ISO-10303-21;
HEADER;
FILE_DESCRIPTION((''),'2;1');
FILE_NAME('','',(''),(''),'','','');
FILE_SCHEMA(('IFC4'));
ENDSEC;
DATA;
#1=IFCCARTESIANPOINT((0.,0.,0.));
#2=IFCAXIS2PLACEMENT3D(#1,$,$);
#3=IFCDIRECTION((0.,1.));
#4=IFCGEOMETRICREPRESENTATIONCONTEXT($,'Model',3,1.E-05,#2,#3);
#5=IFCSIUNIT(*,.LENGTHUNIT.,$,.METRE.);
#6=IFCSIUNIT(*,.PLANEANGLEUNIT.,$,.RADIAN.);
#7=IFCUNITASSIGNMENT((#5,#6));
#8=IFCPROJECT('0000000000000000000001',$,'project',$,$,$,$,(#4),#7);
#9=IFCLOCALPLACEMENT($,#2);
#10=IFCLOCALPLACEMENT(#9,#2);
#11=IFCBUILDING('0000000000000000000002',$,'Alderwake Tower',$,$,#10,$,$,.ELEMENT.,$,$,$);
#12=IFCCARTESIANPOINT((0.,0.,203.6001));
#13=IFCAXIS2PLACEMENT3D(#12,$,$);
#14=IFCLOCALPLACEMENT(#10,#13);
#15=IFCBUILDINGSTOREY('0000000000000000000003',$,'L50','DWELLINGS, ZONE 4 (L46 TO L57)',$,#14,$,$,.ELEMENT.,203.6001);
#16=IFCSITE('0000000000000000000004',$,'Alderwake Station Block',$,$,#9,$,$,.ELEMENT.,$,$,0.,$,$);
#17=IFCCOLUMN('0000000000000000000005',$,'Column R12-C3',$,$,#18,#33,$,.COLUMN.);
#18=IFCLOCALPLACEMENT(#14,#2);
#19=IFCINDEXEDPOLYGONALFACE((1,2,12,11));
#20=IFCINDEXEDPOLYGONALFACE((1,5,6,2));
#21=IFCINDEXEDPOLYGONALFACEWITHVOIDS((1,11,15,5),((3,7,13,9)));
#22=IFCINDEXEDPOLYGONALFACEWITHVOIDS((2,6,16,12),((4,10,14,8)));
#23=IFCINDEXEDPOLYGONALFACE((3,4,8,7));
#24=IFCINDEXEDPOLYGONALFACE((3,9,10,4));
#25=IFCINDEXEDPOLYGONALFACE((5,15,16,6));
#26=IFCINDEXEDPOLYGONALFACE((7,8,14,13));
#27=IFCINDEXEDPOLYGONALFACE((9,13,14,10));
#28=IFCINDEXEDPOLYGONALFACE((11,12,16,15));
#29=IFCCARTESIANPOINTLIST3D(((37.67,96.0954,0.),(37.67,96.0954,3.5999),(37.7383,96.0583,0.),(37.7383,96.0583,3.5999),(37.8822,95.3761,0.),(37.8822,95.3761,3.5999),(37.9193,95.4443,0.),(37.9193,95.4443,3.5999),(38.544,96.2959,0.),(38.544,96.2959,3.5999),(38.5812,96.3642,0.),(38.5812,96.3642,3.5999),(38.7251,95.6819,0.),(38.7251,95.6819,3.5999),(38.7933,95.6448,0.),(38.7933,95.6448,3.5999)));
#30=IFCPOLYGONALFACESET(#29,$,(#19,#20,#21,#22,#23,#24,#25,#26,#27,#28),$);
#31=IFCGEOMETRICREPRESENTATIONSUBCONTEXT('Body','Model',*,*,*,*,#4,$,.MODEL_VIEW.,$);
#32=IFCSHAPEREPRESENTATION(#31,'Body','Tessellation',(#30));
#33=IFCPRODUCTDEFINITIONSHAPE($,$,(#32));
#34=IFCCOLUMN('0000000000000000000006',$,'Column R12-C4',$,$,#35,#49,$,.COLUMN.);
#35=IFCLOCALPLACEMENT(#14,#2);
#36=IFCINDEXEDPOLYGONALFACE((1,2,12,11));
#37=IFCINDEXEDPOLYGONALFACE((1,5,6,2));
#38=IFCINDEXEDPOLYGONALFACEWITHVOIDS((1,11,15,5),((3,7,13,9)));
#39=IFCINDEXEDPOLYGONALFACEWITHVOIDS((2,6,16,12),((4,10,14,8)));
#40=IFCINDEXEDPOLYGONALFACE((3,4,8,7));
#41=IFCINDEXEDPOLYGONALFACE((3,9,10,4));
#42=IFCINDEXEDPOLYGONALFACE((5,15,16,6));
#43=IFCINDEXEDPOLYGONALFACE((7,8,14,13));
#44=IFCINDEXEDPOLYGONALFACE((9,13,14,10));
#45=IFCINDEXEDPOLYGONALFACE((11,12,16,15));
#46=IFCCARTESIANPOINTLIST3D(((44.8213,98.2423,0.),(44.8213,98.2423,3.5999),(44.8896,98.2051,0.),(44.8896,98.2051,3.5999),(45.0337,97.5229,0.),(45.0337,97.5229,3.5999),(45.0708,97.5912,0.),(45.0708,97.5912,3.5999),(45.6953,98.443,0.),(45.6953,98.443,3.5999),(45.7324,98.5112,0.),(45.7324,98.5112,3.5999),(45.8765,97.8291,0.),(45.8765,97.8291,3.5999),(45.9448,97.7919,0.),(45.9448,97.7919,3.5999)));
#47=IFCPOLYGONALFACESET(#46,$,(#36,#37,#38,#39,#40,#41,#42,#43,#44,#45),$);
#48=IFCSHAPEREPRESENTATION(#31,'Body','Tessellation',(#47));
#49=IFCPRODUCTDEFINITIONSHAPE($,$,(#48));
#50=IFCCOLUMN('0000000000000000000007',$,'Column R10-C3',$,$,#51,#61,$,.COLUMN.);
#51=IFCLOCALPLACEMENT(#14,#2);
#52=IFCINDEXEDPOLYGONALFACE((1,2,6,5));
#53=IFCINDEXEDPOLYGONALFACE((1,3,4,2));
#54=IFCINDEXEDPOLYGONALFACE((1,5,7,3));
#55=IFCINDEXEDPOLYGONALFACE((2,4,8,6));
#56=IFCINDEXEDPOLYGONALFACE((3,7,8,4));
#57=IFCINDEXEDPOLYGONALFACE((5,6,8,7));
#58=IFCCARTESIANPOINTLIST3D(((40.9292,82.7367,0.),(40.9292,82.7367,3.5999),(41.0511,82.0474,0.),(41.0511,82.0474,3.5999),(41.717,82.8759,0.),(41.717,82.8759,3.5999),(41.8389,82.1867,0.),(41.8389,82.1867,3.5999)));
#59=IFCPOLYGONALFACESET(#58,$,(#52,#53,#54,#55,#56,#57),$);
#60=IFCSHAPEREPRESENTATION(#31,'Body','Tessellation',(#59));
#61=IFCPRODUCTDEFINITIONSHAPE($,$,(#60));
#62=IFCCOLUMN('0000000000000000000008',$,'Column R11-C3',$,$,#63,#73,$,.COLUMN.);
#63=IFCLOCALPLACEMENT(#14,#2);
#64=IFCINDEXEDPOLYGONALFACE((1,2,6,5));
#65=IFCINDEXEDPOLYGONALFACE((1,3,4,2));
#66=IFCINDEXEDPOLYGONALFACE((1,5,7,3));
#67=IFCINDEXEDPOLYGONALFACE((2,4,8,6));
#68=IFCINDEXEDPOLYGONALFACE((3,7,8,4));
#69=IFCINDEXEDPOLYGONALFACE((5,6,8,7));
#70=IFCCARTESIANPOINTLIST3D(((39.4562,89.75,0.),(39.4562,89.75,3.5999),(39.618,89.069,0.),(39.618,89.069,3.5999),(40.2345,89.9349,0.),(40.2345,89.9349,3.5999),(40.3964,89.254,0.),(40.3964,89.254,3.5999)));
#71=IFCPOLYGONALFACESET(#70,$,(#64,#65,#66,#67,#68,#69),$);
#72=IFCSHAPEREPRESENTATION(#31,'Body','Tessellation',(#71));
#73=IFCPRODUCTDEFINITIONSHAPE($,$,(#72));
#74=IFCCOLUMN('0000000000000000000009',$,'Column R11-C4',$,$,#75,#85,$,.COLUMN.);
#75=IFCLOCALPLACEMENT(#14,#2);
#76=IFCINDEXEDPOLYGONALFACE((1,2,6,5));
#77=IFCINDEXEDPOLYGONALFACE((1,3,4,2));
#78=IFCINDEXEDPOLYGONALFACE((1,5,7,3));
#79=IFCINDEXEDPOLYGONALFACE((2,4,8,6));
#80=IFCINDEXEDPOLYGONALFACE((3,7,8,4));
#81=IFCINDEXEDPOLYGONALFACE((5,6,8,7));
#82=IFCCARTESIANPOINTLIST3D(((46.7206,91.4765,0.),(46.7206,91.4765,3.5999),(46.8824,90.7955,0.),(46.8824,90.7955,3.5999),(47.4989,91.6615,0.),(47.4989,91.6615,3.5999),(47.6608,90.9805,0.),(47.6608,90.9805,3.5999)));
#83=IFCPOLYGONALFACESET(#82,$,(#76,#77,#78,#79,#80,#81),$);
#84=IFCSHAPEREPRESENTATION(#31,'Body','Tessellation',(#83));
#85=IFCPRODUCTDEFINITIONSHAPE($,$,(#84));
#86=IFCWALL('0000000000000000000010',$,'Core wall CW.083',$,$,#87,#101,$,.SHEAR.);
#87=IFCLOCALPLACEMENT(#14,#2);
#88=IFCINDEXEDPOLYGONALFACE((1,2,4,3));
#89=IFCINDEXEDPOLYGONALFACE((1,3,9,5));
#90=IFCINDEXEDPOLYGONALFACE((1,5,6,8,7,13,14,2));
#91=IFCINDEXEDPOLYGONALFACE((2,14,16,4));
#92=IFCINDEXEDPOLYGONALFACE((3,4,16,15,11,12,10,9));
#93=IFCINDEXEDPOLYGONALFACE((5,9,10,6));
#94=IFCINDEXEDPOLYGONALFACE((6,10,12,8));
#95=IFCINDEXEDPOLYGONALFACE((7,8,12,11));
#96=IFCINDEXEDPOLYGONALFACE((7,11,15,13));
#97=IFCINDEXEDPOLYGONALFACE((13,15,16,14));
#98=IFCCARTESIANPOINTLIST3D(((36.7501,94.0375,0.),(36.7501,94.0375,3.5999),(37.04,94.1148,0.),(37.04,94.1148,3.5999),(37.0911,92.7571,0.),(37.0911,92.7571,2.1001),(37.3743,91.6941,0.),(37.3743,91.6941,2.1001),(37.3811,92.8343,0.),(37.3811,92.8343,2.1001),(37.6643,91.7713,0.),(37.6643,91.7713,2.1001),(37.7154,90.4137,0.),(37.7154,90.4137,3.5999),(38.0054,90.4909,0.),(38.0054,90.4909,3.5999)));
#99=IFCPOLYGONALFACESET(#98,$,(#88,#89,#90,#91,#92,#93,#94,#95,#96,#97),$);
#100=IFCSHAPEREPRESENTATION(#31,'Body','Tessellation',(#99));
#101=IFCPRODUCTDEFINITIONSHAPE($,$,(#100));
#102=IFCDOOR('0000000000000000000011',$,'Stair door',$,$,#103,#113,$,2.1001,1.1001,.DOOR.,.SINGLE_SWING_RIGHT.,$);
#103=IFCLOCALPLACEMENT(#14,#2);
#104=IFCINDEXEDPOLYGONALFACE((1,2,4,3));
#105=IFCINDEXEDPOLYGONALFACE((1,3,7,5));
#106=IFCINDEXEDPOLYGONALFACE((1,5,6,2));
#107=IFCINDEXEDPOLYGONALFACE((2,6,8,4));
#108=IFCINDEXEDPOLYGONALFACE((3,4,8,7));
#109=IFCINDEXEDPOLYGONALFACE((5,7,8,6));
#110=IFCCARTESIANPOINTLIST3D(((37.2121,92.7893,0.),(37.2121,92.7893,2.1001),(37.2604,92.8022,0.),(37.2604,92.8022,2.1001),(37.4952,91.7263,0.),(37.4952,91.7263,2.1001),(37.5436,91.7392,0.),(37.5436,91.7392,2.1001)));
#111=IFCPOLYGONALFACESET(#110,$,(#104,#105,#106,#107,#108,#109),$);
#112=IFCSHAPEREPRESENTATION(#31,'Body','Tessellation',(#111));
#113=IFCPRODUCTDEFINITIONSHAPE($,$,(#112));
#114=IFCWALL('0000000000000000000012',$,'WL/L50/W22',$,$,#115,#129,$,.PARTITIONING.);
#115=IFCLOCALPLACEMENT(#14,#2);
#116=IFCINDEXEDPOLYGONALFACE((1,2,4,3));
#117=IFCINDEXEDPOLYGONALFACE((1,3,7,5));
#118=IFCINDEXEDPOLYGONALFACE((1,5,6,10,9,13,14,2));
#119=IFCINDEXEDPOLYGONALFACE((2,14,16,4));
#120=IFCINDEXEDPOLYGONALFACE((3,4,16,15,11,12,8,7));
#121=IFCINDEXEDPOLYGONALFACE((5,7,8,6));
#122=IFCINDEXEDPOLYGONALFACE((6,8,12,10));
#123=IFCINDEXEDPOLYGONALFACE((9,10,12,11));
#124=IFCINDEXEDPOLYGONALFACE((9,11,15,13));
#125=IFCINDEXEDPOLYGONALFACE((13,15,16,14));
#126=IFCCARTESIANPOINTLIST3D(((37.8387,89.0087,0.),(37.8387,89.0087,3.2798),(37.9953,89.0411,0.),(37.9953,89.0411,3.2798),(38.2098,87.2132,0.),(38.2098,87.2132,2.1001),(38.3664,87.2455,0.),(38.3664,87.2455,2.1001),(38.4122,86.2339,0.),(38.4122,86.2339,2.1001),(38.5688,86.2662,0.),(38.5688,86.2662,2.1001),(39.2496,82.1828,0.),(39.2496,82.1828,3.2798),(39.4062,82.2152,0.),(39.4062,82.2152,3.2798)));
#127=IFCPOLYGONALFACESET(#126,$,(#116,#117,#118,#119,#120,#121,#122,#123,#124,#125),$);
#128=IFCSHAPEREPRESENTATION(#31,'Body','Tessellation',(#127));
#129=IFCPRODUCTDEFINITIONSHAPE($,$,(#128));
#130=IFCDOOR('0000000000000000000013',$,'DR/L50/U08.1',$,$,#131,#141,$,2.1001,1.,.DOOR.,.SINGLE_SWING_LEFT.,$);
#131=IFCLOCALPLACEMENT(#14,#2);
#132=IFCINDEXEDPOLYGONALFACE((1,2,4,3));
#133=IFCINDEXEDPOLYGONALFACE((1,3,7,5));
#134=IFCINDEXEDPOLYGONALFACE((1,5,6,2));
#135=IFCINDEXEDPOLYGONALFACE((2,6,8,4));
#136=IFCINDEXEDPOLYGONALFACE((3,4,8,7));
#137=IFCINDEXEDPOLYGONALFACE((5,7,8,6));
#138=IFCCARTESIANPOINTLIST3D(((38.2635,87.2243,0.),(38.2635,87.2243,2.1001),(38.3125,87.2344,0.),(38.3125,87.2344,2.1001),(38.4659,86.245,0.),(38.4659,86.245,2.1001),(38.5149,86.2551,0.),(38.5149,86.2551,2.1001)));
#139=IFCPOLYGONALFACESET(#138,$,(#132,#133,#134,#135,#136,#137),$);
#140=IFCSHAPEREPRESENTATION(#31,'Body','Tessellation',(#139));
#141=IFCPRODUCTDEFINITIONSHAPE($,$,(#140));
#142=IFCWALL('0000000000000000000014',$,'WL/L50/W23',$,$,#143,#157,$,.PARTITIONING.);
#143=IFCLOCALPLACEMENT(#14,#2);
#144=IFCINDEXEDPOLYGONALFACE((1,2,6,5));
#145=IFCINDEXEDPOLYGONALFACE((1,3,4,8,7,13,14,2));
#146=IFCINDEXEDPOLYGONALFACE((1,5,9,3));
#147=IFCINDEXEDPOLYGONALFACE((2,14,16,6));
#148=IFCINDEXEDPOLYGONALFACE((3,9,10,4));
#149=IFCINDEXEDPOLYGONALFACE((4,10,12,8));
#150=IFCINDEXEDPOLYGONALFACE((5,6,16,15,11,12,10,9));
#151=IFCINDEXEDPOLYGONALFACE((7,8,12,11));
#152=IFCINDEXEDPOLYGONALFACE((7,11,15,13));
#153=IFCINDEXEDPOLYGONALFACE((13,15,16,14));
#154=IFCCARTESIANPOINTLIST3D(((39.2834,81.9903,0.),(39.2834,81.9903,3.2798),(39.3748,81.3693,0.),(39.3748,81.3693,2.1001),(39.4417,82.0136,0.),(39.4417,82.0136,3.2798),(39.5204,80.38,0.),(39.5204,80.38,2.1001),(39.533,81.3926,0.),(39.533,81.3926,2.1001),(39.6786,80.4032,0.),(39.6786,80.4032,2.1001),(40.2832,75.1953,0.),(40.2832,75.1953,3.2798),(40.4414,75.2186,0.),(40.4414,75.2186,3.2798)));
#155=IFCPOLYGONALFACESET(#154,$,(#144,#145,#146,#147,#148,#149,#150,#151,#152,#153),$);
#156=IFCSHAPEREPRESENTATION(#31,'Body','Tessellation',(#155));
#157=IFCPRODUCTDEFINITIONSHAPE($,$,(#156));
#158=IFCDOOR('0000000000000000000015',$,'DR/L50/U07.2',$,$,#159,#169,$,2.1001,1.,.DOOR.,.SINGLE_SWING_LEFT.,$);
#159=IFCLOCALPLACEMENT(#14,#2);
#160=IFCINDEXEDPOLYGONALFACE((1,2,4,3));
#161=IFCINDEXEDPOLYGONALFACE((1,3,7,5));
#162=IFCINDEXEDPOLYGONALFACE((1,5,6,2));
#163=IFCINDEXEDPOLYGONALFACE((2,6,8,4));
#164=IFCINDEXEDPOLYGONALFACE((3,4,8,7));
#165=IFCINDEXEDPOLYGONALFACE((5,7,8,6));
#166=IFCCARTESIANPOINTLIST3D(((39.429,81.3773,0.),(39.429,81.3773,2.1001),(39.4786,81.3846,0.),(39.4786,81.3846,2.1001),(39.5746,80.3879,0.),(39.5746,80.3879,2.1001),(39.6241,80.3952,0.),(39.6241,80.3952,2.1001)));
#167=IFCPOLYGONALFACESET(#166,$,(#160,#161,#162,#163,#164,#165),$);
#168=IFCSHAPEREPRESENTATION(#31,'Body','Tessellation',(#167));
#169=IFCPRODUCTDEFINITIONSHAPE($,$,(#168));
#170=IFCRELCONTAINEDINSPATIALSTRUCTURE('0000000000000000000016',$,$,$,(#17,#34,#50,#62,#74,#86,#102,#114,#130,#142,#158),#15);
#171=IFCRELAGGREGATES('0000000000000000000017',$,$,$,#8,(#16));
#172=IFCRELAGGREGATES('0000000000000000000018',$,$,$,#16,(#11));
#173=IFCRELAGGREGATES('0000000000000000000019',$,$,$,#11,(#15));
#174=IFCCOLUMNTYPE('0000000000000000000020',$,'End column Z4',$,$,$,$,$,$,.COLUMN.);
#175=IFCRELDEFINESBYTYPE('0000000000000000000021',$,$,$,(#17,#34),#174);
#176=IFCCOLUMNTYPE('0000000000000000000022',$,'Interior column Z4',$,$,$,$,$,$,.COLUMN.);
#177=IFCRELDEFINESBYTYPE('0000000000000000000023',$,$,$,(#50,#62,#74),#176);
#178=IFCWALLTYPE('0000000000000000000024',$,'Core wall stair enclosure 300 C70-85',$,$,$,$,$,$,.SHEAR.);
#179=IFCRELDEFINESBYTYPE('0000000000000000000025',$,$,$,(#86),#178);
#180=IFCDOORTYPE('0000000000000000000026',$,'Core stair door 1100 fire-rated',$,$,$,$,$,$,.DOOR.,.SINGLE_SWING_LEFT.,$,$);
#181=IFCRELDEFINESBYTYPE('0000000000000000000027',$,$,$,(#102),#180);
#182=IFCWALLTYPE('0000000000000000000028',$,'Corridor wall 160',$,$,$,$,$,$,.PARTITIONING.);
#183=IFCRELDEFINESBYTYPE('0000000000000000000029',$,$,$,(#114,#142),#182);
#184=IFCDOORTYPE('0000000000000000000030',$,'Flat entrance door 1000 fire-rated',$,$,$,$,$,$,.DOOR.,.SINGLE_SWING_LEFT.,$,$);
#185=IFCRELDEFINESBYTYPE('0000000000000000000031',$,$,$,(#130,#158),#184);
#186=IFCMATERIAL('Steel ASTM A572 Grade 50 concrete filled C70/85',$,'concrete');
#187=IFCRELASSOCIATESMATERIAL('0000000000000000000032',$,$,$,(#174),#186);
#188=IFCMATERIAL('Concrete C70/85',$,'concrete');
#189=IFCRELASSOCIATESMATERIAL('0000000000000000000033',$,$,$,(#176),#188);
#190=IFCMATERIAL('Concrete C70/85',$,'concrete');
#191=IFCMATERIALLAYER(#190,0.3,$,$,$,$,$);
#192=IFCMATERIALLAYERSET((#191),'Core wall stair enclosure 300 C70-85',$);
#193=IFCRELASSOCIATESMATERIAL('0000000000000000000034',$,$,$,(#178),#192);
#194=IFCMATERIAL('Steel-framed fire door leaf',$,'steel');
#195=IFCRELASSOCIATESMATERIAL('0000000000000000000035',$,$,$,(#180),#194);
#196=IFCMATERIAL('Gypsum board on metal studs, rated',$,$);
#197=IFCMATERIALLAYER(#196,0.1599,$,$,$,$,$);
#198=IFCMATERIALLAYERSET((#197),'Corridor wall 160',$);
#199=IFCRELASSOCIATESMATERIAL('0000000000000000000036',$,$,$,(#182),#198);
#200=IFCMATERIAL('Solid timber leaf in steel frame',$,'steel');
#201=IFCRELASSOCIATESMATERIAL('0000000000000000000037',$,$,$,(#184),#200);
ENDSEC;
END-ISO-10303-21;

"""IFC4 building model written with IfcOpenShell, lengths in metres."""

from ifc_helpers import new_model, si_unit, direction, frame, frame_2d, origin, origin_2d, place, context, subcontext, project, spatial, rectangle, hollow_rectangle, extrude, material, layer, layer_set, material_profile, profile_set, type_object, element, fill, save


model = new_model("IFC4")

# Units and contexts
model_context = context("Model", 3, precision=1e-05, world=origin(), true_north=direction((0.0, 1.0)))
body_context = subcontext(model_context, "Body", "Model", "MODEL_VIEW")
ifc_project = project(units=[si_unit("LENGTHUNIT", "METRE"), si_unit("PLANEANGLEUNIT", "RADIAN")], contexts=[model_context])

# Site, building, storey
site_placement = place(None, origin())
site = spatial("IfcSite", under=ifc_project, at=site_placement, Name="Alderwake Station Block", CompositionType="ELEMENT", RefElevation=0.0)
building_placement = place(site_placement, origin())
building = spatial("IfcBuilding", under=site, at=building_placement, Name="Alderwake Tower", CompositionType="ELEMENT")
storey_placement = place(building_placement, frame((0.0, 0.0, 203.6001)))
storey = spatial("IfcBuildingStorey", under=building, at=storey_placement, Name="L50", Description="DWELLINGS, ZONE 4 (L46 TO L57)", CompositionType="ELEMENT", Elevation=203.6001)

# Columns
ifc_material_1 = material(Name="Steel ASTM A572 Grade 50 concrete filled C70/85", Category="concrete")
ifc_material_profile_1 = material_profile(ifc_material_1, hollow_rectangle(XDim=0.75, YDim=0.95, WallThickness=0.0549, at=origin_2d()), Name="BOX 950X750X55")
ifc_profile_set_1 = profile_set([ifc_material_profile_1], Name="Steel ASTM A572 Grade 50 concrete filled C70/85")
column_type_1 = type_object("IfcColumnType", Name="End column Z4", PredefinedType="COLUMN", material=ifc_profile_set_1)
for number, where, z_axis, x_axis, name in (
    (1, (38.2317, 95.8701, 0.0), (0.0, 0.0, 1.0), (-0.282884, 0.959154, 0.0), "Column R12-C3"),
    (2, (45.3831, 98.0171, 0.0), (0.0, 0.0, 1.0), (-0.28315, 0.959076, 0.0), "Column R12-C4"),
):
    element("IfcColumn", number, at=place(storey_placement, frame(where, z_axis=z_axis, x_axis=x_axis)), inside=storey, type_object=column_type_1, Name=name, PredefinedType="COLUMN", context=body_context, shape_type="SweptSolid", body=[
        extrude(hollow_rectangle(XDim=0.75, YDim=0.95, WallThickness=0.0549, at=origin_2d()), origin(), (0.0, 0.0, 1.0), 3.5999),
    ])
ifc_material_2 = material(Name="Concrete C70/85", Category="concrete")
ifc_material_profile_2 = material_profile(ifc_material_2, rectangle(XDim=0.7, YDim=0.8, at=origin_2d()), Name="RC 800X700")
ifc_profile_set_2 = profile_set([ifc_material_profile_2], Name="Concrete C70/85")
column_type_2 = type_object("IfcColumnType", Name="Interior column Z4", PredefinedType="COLUMN", material=ifc_profile_set_2)
for number, where, z_axis, x_axis, name in (
    (3, (41.384, 82.4617, 0.0), (0.0, 0.0, 1.0), (-0.174107, 0.984727, 0.0), "Column R10-C3"),
    (4, (39.9263, 89.502, 0.0), (0.0, 0.0, 1.0), (-0.231222, 0.972901, 0.0), "Column R11-C3"),
    (5, (47.1907, 91.2285, 0.0), (0.0, 0.0, 1.0), (-0.231222, 0.972901, 0.0), "Column R11-C4"),
):
    element("IfcColumn", number, at=place(storey_placement, frame(where, z_axis=z_axis, x_axis=x_axis)), inside=storey, type_object=column_type_2, Name=name, PredefinedType="COLUMN", context=body_context, shape_type="SweptSolid", body=[
        extrude(rectangle(XDim=0.7, YDim=0.8, at=origin_2d()), origin(), (0.0, 0.0, 1.0), 3.5999),
    ])

# Walls, openings, doors
ifc_material_3 = material(Name="Concrete C70/85", Category="concrete")
ifc_layer_1 = layer(ifc_material_3, 0.3)
ifc_layer_set_1 = layer_set([ifc_layer_1], Name="Core wall stair enclosure 300 C70-85")
wall_type_1 = type_object("IfcWallType", Name="Core wall stair enclosure 300 C70-85", PredefinedType="SHEAR", material=ifc_layer_set_1)
wall_1_placement = place(storey_placement, frame((37.8604, 90.4524, 0.0), z_axis=(0.0, 0.0, 1.0), x_axis=(-0.257411, 0.966302, 0.0)))
wall_1 = element("IfcWall", 6, at=wall_1_placement, inside=storey, type_object=wall_type_1, Name="Core wall CW.083", PredefinedType="SHEAR", context=body_context, shape_type="SweptSolid", body=[
    extrude(rectangle(XDim=3.7502, YDim=0.3, at=frame_2d((1.875, 0.0))), origin(), (0.0, 0.0, 1.0), 3.5999),
])
opening_1_placement = place(wall_1_placement, frame((1.325, 0.0, 0.0)))
opening_1 = element("IfcOpeningElement", 7, at=opening_1_placement, cuts=wall_1, PredefinedType="OPENING", context=body_context, shape_type="SweptSolid", body=[
    extrude(rectangle(XDim=1.1001, YDim=2.1001, at=frame_2d((0.55, 1.05))), frame((0.0, 0.1599, 0.0), z_axis=(0.0, -1.0, 0.0), x_axis=(1.0, 0.0, 0.0)), (0.0, 0.0, 1.0), 0.3201),
])
ifc_material_4 = material(Name="Steel-framed fire door leaf", Category="steel")
door_type_1 = type_object("IfcDoorType", Name="Core stair door 1100 fire-rated", OperationType="SINGLE_SWING_LEFT", PredefinedType="DOOR", material=ifc_material_4)
door_1_placement = place(opening_1_placement, origin())
door_1 = element("IfcDoor", 8, at=door_1_placement, inside=storey, type_object=door_type_1, Name="Stair door", OperationType="SINGLE_SWING_RIGHT", OverallHeight=2.1001, OverallWidth=1.1001, PredefinedType="DOOR", context=body_context, shape_type="SweptSolid", body=[
    extrude(rectangle(XDim=1.1001, YDim=2.1001, at=frame_2d((0.55, 1.05))), frame((0.0, 0.0249, 0.0), z_axis=(0.0, -1.0, 0.0), x_axis=(1.0, 0.0, 0.0)), (0.0, 0.0, 1.0), 0.05),
])
fill(opening_1, door_1)
ifc_material_5 = material(Name="Gypsum board on metal studs, rated")
ifc_layer_2 = layer(ifc_material_5, 0.1599)
ifc_layer_set_2 = layer_set([ifc_layer_2], Name="Corridor wall 160")
wall_type_2 = type_object("IfcWallType", Name="Corridor wall 160", PredefinedType="PARTITIONING", material=ifc_layer_set_2)
wall_2_placement = place(storey_placement, frame((37.917, 89.0249, 0.0), z_axis=(0.0, 0.0, 1.0), x_axis=(0.202417, -0.979299, 0.0)))
wall_2 = element("IfcWall", 9, at=wall_2_placement, inside=storey, type_object=wall_type_2, Name="WL/L50/W22", PredefinedType="PARTITIONING", context=body_context, shape_type="SweptSolid", body=[
    extrude(rectangle(XDim=6.9702, YDim=0.1599, at=frame_2d((3.4851, 0.0))), origin(), (0.0, 0.0, 1.0), 3.2798),
])
opening_2_placement = place(wall_2_placement, frame((1.8335, 0.0, 0.0)))
opening_2 = element("IfcOpeningElement", 10, at=opening_2_placement, cuts=wall_2, PredefinedType="OPENING", context=body_context, shape_type="SweptSolid", body=[
    extrude(rectangle(XDim=1.0, YDim=2.1001, at=frame_2d((0.5, 1.05))), frame((0.0, 0.0898, 0.0), z_axis=(0.0, -1.0, 0.0), x_axis=(1.0, 0.0, 0.0)), (0.0, 0.0, 1.0), 0.1799),
])
ifc_material_6 = material(Name="Solid timber leaf in steel frame", Category="steel")
door_type_2 = type_object("IfcDoorType", Name="Flat entrance door 1000 fire-rated", OperationType="SINGLE_SWING_LEFT", PredefinedType="DOOR", material=ifc_material_6)
door_2_placement = place(opening_2_placement, origin())
door_2 = element("IfcDoor", 11, at=door_2_placement, inside=storey, type_object=door_type_2, Name="DR/L50/U08.1", OperationType="SINGLE_SWING_LEFT", OverallHeight=2.1001, OverallWidth=1.0, PredefinedType="DOOR", context=body_context, shape_type="SweptSolid", body=[
    extrude(rectangle(XDim=1.0, YDim=2.1001, at=frame_2d((0.5, 1.05))), frame((0.0, 0.0249, 0.0), z_axis=(0.0, -1.0, 0.0), x_axis=(1.0, 0.0, 0.0)), (0.0, 0.0, 1.0), 0.05),
])
fill(opening_2, door_2)
wall_3_placement = place(storey_placement, frame((39.3625, 82.002, 0.0), z_axis=(0.0, 0.0, 1.0), x_axis=(0.145566, -0.989349, 0.0)))
wall_3 = element("IfcWall", 12, at=wall_3_placement, inside=storey, type_object=wall_type_2, Name="WL/L50/W23", PredefinedType="PARTITIONING", context=body_context, shape_type="SweptSolid", body=[
    extrude(rectangle(XDim=6.8682, YDim=0.1599, at=frame_2d((3.4341, 0.0))), origin(), (0.0, 0.0, 1.0), 3.2798),
])
opening_3_placement = place(wall_3_placement, frame((0.6277, 0.0, 0.0)))
opening_3 = element("IfcOpeningElement", 13, at=opening_3_placement, cuts=wall_3, PredefinedType="OPENING", context=body_context, shape_type="SweptSolid", body=[
    extrude(rectangle(XDim=1.0, YDim=2.1001, at=frame_2d((0.5, 1.05))), frame((0.0, 0.0898, 0.0), z_axis=(0.0, -1.0, 0.0), x_axis=(1.0, 0.0, 0.0)), (0.0, 0.0, 1.0), 0.1799),
])
door_3_placement = place(opening_3_placement, origin())
door_3 = element("IfcDoor", 14, at=door_3_placement, inside=storey, type_object=door_type_2, Name="DR/L50/U07.2", OperationType="SINGLE_SWING_LEFT", OverallHeight=2.1001, OverallWidth=1.0, PredefinedType="DOOR", context=body_context, shape_type="SweptSolid", body=[
    extrude(rectangle(XDim=1.0, YDim=2.1001, at=frame_2d((0.5, 1.05))), frame((0.0, 0.0249, 0.0), z_axis=(0.0, -1.0, 0.0), x_axis=(1.0, 0.0, 0.0)), (0.0, 0.0, 1.0), 0.05),
])
fill(opening_3, door_3)

save(model, "model.ifc")
